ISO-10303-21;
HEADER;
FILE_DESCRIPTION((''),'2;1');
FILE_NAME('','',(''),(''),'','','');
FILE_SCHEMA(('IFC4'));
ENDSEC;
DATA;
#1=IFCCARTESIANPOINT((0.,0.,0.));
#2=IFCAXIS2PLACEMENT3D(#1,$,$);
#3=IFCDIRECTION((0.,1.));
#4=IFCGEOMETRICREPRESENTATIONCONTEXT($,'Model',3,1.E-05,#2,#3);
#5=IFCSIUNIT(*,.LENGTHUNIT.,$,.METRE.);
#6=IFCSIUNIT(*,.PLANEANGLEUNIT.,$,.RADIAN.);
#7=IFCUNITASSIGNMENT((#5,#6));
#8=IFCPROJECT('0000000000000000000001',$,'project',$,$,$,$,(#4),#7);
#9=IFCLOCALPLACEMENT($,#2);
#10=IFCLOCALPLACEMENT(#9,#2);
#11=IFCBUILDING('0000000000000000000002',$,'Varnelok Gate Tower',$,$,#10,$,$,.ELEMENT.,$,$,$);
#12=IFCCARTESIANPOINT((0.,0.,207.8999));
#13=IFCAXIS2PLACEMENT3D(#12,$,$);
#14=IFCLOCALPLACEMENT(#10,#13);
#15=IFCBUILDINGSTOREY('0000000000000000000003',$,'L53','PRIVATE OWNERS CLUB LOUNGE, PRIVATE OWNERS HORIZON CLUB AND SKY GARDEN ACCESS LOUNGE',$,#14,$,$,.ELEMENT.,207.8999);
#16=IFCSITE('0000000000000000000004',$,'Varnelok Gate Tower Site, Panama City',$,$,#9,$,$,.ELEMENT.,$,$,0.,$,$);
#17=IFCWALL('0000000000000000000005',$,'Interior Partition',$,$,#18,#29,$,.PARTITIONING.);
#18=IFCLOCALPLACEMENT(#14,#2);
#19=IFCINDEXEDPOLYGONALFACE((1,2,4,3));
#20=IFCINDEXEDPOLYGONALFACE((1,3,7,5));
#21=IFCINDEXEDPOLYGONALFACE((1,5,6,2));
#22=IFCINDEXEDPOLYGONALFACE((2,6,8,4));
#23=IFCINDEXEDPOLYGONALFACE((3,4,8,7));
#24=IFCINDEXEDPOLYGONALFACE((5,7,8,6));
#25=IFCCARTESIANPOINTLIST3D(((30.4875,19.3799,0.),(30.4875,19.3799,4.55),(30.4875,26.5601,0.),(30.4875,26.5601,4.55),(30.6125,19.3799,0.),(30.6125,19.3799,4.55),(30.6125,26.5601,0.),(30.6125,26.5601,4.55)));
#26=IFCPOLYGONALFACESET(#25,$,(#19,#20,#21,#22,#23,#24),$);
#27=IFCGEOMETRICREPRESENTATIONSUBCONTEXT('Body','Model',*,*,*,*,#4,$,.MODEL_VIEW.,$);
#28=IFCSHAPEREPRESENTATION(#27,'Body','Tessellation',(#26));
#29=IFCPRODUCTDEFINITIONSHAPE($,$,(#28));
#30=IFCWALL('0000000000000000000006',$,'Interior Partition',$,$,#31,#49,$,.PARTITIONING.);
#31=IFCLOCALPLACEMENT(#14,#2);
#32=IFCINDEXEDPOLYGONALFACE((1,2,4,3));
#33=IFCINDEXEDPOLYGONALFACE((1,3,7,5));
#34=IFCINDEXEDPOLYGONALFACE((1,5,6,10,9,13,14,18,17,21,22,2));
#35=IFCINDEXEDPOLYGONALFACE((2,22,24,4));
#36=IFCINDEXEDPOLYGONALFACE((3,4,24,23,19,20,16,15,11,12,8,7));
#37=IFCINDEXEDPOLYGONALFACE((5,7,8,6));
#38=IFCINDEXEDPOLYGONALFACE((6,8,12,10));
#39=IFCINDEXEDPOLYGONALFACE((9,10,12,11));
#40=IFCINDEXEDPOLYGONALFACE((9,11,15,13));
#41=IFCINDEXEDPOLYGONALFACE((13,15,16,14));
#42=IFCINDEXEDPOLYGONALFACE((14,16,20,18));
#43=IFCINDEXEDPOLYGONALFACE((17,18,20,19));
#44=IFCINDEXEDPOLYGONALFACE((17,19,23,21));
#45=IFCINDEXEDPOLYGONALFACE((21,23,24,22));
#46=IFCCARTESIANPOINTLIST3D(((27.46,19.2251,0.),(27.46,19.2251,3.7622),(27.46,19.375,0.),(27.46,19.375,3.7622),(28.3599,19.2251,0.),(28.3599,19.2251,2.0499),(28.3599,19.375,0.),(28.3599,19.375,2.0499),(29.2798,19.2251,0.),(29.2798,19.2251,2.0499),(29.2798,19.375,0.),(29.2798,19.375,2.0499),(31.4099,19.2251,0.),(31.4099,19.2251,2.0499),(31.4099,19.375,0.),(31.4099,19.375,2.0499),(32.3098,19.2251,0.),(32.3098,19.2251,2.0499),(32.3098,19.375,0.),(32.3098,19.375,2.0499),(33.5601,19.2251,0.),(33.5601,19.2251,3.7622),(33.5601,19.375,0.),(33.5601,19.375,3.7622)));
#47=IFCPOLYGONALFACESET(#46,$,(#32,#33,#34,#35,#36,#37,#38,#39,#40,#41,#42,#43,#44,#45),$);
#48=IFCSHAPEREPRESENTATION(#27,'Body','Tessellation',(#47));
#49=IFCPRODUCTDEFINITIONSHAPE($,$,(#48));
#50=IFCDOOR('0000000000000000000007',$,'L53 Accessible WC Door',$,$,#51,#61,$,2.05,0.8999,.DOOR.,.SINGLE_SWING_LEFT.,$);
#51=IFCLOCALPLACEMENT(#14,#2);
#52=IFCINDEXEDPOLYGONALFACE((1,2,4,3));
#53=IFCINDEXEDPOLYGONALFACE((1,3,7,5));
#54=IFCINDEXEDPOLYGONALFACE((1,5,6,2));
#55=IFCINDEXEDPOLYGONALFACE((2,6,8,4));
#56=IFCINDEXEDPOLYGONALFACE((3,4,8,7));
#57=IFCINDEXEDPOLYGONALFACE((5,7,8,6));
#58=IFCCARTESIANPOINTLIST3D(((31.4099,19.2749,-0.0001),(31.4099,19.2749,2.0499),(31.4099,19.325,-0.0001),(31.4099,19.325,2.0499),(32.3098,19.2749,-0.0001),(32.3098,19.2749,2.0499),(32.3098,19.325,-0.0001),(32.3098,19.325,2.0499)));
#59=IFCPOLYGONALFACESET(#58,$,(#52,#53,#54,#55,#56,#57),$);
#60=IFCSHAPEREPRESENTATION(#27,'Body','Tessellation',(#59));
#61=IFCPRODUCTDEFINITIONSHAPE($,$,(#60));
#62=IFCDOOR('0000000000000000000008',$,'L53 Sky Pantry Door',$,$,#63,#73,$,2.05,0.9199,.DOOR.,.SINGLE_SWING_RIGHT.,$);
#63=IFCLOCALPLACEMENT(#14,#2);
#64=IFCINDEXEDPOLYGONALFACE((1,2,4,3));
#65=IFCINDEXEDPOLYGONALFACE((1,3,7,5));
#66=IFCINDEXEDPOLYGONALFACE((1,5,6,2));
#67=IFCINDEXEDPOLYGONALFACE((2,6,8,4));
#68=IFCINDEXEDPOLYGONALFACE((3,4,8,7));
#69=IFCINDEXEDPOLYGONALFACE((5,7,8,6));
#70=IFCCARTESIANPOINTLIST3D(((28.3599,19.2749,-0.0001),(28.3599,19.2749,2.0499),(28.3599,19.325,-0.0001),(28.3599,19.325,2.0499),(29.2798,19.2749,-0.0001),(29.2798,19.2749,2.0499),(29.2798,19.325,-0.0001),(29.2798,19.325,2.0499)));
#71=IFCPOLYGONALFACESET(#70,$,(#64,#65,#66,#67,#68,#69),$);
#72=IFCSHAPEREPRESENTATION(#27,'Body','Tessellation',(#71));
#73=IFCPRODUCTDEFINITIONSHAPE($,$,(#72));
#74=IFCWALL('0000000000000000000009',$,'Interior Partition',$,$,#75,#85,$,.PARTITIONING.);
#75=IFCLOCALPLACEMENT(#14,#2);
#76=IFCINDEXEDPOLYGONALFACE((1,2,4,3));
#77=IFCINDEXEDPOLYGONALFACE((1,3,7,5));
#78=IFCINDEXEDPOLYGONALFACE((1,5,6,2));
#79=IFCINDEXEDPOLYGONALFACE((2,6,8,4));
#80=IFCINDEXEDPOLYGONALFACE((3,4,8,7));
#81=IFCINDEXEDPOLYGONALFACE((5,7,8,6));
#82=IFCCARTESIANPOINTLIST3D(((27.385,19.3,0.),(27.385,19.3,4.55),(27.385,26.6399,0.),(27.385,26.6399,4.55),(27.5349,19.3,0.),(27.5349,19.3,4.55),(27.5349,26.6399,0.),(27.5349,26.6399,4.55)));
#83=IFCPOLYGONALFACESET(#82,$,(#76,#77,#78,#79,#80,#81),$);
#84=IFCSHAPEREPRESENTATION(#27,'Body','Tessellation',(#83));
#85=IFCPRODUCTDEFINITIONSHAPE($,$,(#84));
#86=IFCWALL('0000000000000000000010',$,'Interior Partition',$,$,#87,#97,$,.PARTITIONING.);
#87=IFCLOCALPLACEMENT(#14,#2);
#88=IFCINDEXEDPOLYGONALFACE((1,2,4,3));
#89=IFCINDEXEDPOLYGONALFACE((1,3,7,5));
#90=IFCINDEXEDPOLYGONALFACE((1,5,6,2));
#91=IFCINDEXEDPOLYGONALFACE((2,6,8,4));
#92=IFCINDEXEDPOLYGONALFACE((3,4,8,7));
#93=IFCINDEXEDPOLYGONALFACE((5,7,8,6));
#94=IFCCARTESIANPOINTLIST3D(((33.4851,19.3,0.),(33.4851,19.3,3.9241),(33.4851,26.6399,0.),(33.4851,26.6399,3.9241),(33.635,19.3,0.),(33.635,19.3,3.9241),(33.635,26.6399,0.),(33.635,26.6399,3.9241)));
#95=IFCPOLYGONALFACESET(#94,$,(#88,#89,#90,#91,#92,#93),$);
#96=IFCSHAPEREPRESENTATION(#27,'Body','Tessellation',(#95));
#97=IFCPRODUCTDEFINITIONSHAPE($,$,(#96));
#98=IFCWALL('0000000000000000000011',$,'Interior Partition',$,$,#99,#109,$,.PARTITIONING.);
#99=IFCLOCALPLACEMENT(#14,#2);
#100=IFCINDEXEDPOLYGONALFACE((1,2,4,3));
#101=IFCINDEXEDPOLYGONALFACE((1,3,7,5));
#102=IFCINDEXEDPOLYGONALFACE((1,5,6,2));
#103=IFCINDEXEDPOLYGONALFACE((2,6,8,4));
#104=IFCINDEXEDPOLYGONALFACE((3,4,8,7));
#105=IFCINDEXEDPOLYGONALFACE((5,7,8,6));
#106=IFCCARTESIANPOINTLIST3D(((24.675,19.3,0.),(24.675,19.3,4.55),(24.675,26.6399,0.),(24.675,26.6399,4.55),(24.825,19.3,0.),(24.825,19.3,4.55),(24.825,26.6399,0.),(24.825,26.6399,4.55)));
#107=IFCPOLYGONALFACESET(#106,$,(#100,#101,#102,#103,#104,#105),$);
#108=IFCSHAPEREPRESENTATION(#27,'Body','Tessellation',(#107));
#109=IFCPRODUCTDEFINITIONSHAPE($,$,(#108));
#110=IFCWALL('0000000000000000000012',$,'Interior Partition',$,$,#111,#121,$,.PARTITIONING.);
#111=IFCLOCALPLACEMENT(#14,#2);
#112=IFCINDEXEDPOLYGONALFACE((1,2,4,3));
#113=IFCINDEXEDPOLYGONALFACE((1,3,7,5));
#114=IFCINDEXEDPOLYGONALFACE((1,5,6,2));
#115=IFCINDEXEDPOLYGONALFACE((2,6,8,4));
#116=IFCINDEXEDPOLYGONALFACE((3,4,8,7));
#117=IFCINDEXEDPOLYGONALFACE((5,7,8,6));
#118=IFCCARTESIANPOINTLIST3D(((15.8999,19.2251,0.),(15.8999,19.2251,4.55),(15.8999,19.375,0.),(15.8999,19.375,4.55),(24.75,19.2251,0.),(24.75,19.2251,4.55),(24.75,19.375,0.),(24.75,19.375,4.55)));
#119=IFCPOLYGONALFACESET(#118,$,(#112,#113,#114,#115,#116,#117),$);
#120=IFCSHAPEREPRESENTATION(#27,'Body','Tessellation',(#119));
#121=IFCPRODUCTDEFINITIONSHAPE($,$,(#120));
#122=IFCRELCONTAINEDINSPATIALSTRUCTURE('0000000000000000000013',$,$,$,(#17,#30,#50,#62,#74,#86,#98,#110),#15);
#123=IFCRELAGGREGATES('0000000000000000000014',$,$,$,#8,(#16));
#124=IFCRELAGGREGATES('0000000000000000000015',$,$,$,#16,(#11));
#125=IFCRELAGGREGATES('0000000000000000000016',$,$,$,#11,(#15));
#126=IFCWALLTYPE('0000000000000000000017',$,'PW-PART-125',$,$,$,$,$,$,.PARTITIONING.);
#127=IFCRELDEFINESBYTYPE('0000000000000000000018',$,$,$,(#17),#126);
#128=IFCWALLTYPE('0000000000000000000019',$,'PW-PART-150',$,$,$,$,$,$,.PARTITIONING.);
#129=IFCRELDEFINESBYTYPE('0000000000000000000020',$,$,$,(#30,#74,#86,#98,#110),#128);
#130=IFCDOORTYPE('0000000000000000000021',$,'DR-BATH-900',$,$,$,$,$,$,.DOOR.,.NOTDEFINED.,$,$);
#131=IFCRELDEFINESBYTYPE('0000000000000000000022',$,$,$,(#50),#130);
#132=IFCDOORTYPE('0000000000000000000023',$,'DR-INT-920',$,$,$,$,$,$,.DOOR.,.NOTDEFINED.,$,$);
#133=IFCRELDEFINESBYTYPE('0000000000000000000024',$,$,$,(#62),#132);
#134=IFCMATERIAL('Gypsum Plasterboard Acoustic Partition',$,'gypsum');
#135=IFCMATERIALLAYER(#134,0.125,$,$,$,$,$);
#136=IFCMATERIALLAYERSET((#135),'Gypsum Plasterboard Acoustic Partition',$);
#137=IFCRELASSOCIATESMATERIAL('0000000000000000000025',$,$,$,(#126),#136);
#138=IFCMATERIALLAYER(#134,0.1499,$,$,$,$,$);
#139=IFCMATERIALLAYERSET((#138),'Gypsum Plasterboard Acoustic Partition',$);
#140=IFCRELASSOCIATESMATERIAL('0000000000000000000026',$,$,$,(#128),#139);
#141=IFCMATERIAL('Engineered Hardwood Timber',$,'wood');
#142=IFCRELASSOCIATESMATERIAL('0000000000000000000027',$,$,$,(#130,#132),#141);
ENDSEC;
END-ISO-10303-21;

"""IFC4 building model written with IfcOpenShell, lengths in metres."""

from ifc_helpers import new_model, si_unit, direction, frame, frame_2d, origin, place, context, subcontext, project, spatial, rectangle, extrude, material, layer, layer_set, type_object, element, fill, save


model = new_model("IFC4")

# Units and contexts
model_context = context("Model", 3, precision=1e-05, world=origin(), true_north=direction((0.0, 1.0)))
body_context = subcontext(model_context, "Body", "Model", "MODEL_VIEW")
ifc_project = project(units=[si_unit("LENGTHUNIT", "METRE"), si_unit("PLANEANGLEUNIT", "RADIAN")], contexts=[model_context])

# Site, building, storey
site_placement = place(None, origin())
site = spatial("IfcSite", under=ifc_project, at=site_placement, Name="Varnelok Gate Tower Site, Panama City", CompositionType="ELEMENT", RefElevation=0.0)
building_placement = place(site_placement, origin())
building = spatial("IfcBuilding", under=site, at=building_placement, Name="Varnelok Gate Tower", CompositionType="ELEMENT")
storey_placement = place(building_placement, frame((0.0, 0.0, 207.8999)))
storey = spatial("IfcBuildingStorey", under=building, at=storey_placement, Name="L53", Description="PRIVATE OWNERS CLUB LOUNGE, PRIVATE OWNERS HORIZON CLUB AND SKY GARDEN ACCESS LOUNGE", CompositionType="ELEMENT", Elevation=207.8999)

# Wall
ifc_material_1 = material(Name="Gypsum Plasterboard Acoustic Partition", Category="gypsum")
ifc_layer_1 = layer(ifc_material_1, 0.125)
ifc_layer_set_1 = layer_set([ifc_layer_1], Name="Gypsum Plasterboard Acoustic Partition")
wall_type_1 = type_object("IfcWallType", Name="PW-PART-125", PredefinedType="PARTITIONING", material=ifc_layer_set_1)
wall_1_placement = place(storey_placement, frame((30.55, 19.3799, 0.0), z_axis=(0.0, 0.0, 1.0), x_axis=(0.0, 1.0, 0.0)))
element("IfcWall", 1, at=wall_1_placement, inside=storey, type_object=wall_type_1, Name="Interior Partition", PredefinedType="PARTITIONING", context=body_context, shape_type="SweptSolid", body=[
    extrude(rectangle(XDim=7.1802, YDim=0.125, at=frame_2d((3.5901, 0.0))), origin(), (0.0, 0.0, 1.0), 4.55),
])

# Wall, openings, doors
ifc_layer_2 = layer(ifc_material_1, 0.1499)
ifc_layer_set_2 = layer_set([ifc_layer_2], Name="Gypsum Plasterboard Acoustic Partition")
wall_type_2 = type_object("IfcWallType", Name="PW-PART-150", PredefinedType="PARTITIONING", material=ifc_layer_set_2)
wall_2_placement = place(storey_placement, frame((27.46, 19.3, 0.0), z_axis=(0.0, 0.0, 1.0), x_axis=(1.0, 0.0, 0.0)))
wall_2 = element("IfcWall", 2, at=wall_2_placement, inside=storey, type_object=wall_type_2, Name="Interior Partition", PredefinedType="PARTITIONING", context=body_context, shape_type="SweptSolid", body=[
    extrude(rectangle(XDim=6.1001, YDim=0.1499, at=frame_2d((3.05, 0.0))), origin(), (0.0, 0.0, 1.0), 3.7622),
])
opening_1_placement = place(wall_2_placement, frame((0.8999, 0.0, 0.0)))
opening_1 = element("IfcOpeningElement", 3, at=opening_1_placement, cuts=wall_2, PredefinedType="OPENING", context=body_context, shape_type="SweptSolid", body=[
    extrude(rectangle(XDim=0.9199, YDim=2.05, at=frame_2d((0.46, 1.0249))), frame((0.0, 0.085, 0.0), z_axis=(0.0, -1.0, 0.0), x_axis=(1.0, 0.0, 0.0)), (0.0, 0.0, 1.0), 0.1699),
])
opening_2_placement = place(wall_2_placement, frame((3.95, 0.0, 0.0)))
opening_2 = element("IfcOpeningElement", 4, at=opening_2_placement, cuts=wall_2, PredefinedType="OPENING", context=body_context, shape_type="SweptSolid", body=[
    extrude(rectangle(XDim=0.8999, YDim=2.05, at=frame_2d((0.45, 1.0249))), frame((0.0, 0.085, 0.0), z_axis=(0.0, -1.0, 0.0), x_axis=(1.0, 0.0, 0.0)), (0.0, 0.0, 1.0), 0.1699),
])
ifc_material_2 = material(Name="Engineered Hardwood Timber", Category="wood")
door_type_1 = type_object("IfcDoorType", Name="DR-BATH-900", OperationType="NOTDEFINED", PredefinedType="DOOR", material=ifc_material_2)
door_1_placement = place(opening_2_placement, origin())
door_1 = element("IfcDoor", 5, at=door_1_placement, inside=storey, type_object=door_type_1, Name="L53 Accessible WC Door", OperationType="SINGLE_SWING_LEFT", OverallHeight=2.05, OverallWidth=0.8999, PredefinedType="DOOR", context=body_context, shape_type="SweptSolid", body=[
    extrude(rectangle(XDim=0.8999, YDim=2.05, at=frame_2d((0.45, 1.0249))), frame((0.0, 0.0249, 0.0), z_axis=(0.0, -1.0, 0.0), x_axis=(1.0, 0.0, 0.0)), (0.0, 0.0, 1.0), 0.05),
])
fill(opening_2, door_1)
door_type_2 = type_object("IfcDoorType", Name="DR-INT-920", OperationType="NOTDEFINED", PredefinedType="DOOR", material=ifc_material_2)
door_2_placement = place(opening_1_placement, origin())
door_2 = element("IfcDoor", 6, at=door_2_placement, inside=storey, type_object=door_type_2, Name="L53 Sky Pantry Door", OperationType="SINGLE_SWING_RIGHT", OverallHeight=2.05, OverallWidth=0.9199, PredefinedType="DOOR", context=body_context, shape_type="SweptSolid", body=[
    extrude(rectangle(XDim=0.9199, YDim=2.05, at=frame_2d((0.46, 1.0249))), frame((0.0, 0.0249, 0.0), z_axis=(0.0, -1.0, 0.0), x_axis=(1.0, 0.0, 0.0)), (0.0, 0.0, 1.0), 0.05),
])
fill(opening_1, door_2)

# Walls
wall_3_placement = place(storey_placement, frame((27.46, 19.3, 0.0), z_axis=(0.0, 0.0, 1.0), x_axis=(0.0, 1.0, 0.0)))
element("IfcWall", 7, at=wall_3_placement, inside=storey, type_object=wall_type_2, Name="Interior Partition", PredefinedType="PARTITIONING", context=body_context, shape_type="SweptSolid", body=[
    extrude(rectangle(XDim=7.3398, YDim=0.1499, at=frame_2d((3.6699, 0.0))), origin(), (0.0, 0.0, 1.0), 4.55),
])
wall_4_placement = place(storey_placement, frame((33.5601, 19.3, 0.0), z_axis=(0.0, 0.0, 1.0), x_axis=(0.0, 1.0, 0.0)))
element("IfcWall", 8, at=wall_4_placement, inside=storey, type_object=wall_type_2, Name="Interior Partition", PredefinedType="PARTITIONING", context=body_context, shape_type="SweptSolid", body=[
    extrude(rectangle(XDim=7.3398, YDim=0.1499, at=frame_2d((3.6699, 0.0))), origin(), (0.0, 0.0, 1.0), 3.9241),
])
wall_5_placement = place(storey_placement, frame((24.75, 19.3, 0.0), z_axis=(0.0, 0.0, 1.0), x_axis=(0.0, 1.0, 0.0)))
element("IfcWall", 9, at=wall_5_placement, inside=storey, type_object=wall_type_2, Name="Interior Partition", PredefinedType="PARTITIONING", context=body_context, shape_type="SweptSolid", body=[
    extrude(rectangle(XDim=7.3398, YDim=0.1499, at=frame_2d((3.6699, 0.0))), origin(), (0.0, 0.0, 1.0), 4.55),
])
wall_6_placement = place(storey_placement, frame((15.8999, 19.3, 0.0), z_axis=(0.0, 0.0, 1.0), x_axis=(1.0, 0.0, 0.0)))
element("IfcWall", 10, at=wall_6_placement, inside=storey, type_object=wall_type_2, Name="Interior Partition", PredefinedType="PARTITIONING", context=body_context, shape_type="SweptSolid", body=[
    extrude(rectangle(XDim=8.8501, YDim=0.1499, at=frame_2d((4.425, 0.0))), origin(), (0.0, 0.0, 1.0), 4.55),
])

save(model, "model.ifc")
